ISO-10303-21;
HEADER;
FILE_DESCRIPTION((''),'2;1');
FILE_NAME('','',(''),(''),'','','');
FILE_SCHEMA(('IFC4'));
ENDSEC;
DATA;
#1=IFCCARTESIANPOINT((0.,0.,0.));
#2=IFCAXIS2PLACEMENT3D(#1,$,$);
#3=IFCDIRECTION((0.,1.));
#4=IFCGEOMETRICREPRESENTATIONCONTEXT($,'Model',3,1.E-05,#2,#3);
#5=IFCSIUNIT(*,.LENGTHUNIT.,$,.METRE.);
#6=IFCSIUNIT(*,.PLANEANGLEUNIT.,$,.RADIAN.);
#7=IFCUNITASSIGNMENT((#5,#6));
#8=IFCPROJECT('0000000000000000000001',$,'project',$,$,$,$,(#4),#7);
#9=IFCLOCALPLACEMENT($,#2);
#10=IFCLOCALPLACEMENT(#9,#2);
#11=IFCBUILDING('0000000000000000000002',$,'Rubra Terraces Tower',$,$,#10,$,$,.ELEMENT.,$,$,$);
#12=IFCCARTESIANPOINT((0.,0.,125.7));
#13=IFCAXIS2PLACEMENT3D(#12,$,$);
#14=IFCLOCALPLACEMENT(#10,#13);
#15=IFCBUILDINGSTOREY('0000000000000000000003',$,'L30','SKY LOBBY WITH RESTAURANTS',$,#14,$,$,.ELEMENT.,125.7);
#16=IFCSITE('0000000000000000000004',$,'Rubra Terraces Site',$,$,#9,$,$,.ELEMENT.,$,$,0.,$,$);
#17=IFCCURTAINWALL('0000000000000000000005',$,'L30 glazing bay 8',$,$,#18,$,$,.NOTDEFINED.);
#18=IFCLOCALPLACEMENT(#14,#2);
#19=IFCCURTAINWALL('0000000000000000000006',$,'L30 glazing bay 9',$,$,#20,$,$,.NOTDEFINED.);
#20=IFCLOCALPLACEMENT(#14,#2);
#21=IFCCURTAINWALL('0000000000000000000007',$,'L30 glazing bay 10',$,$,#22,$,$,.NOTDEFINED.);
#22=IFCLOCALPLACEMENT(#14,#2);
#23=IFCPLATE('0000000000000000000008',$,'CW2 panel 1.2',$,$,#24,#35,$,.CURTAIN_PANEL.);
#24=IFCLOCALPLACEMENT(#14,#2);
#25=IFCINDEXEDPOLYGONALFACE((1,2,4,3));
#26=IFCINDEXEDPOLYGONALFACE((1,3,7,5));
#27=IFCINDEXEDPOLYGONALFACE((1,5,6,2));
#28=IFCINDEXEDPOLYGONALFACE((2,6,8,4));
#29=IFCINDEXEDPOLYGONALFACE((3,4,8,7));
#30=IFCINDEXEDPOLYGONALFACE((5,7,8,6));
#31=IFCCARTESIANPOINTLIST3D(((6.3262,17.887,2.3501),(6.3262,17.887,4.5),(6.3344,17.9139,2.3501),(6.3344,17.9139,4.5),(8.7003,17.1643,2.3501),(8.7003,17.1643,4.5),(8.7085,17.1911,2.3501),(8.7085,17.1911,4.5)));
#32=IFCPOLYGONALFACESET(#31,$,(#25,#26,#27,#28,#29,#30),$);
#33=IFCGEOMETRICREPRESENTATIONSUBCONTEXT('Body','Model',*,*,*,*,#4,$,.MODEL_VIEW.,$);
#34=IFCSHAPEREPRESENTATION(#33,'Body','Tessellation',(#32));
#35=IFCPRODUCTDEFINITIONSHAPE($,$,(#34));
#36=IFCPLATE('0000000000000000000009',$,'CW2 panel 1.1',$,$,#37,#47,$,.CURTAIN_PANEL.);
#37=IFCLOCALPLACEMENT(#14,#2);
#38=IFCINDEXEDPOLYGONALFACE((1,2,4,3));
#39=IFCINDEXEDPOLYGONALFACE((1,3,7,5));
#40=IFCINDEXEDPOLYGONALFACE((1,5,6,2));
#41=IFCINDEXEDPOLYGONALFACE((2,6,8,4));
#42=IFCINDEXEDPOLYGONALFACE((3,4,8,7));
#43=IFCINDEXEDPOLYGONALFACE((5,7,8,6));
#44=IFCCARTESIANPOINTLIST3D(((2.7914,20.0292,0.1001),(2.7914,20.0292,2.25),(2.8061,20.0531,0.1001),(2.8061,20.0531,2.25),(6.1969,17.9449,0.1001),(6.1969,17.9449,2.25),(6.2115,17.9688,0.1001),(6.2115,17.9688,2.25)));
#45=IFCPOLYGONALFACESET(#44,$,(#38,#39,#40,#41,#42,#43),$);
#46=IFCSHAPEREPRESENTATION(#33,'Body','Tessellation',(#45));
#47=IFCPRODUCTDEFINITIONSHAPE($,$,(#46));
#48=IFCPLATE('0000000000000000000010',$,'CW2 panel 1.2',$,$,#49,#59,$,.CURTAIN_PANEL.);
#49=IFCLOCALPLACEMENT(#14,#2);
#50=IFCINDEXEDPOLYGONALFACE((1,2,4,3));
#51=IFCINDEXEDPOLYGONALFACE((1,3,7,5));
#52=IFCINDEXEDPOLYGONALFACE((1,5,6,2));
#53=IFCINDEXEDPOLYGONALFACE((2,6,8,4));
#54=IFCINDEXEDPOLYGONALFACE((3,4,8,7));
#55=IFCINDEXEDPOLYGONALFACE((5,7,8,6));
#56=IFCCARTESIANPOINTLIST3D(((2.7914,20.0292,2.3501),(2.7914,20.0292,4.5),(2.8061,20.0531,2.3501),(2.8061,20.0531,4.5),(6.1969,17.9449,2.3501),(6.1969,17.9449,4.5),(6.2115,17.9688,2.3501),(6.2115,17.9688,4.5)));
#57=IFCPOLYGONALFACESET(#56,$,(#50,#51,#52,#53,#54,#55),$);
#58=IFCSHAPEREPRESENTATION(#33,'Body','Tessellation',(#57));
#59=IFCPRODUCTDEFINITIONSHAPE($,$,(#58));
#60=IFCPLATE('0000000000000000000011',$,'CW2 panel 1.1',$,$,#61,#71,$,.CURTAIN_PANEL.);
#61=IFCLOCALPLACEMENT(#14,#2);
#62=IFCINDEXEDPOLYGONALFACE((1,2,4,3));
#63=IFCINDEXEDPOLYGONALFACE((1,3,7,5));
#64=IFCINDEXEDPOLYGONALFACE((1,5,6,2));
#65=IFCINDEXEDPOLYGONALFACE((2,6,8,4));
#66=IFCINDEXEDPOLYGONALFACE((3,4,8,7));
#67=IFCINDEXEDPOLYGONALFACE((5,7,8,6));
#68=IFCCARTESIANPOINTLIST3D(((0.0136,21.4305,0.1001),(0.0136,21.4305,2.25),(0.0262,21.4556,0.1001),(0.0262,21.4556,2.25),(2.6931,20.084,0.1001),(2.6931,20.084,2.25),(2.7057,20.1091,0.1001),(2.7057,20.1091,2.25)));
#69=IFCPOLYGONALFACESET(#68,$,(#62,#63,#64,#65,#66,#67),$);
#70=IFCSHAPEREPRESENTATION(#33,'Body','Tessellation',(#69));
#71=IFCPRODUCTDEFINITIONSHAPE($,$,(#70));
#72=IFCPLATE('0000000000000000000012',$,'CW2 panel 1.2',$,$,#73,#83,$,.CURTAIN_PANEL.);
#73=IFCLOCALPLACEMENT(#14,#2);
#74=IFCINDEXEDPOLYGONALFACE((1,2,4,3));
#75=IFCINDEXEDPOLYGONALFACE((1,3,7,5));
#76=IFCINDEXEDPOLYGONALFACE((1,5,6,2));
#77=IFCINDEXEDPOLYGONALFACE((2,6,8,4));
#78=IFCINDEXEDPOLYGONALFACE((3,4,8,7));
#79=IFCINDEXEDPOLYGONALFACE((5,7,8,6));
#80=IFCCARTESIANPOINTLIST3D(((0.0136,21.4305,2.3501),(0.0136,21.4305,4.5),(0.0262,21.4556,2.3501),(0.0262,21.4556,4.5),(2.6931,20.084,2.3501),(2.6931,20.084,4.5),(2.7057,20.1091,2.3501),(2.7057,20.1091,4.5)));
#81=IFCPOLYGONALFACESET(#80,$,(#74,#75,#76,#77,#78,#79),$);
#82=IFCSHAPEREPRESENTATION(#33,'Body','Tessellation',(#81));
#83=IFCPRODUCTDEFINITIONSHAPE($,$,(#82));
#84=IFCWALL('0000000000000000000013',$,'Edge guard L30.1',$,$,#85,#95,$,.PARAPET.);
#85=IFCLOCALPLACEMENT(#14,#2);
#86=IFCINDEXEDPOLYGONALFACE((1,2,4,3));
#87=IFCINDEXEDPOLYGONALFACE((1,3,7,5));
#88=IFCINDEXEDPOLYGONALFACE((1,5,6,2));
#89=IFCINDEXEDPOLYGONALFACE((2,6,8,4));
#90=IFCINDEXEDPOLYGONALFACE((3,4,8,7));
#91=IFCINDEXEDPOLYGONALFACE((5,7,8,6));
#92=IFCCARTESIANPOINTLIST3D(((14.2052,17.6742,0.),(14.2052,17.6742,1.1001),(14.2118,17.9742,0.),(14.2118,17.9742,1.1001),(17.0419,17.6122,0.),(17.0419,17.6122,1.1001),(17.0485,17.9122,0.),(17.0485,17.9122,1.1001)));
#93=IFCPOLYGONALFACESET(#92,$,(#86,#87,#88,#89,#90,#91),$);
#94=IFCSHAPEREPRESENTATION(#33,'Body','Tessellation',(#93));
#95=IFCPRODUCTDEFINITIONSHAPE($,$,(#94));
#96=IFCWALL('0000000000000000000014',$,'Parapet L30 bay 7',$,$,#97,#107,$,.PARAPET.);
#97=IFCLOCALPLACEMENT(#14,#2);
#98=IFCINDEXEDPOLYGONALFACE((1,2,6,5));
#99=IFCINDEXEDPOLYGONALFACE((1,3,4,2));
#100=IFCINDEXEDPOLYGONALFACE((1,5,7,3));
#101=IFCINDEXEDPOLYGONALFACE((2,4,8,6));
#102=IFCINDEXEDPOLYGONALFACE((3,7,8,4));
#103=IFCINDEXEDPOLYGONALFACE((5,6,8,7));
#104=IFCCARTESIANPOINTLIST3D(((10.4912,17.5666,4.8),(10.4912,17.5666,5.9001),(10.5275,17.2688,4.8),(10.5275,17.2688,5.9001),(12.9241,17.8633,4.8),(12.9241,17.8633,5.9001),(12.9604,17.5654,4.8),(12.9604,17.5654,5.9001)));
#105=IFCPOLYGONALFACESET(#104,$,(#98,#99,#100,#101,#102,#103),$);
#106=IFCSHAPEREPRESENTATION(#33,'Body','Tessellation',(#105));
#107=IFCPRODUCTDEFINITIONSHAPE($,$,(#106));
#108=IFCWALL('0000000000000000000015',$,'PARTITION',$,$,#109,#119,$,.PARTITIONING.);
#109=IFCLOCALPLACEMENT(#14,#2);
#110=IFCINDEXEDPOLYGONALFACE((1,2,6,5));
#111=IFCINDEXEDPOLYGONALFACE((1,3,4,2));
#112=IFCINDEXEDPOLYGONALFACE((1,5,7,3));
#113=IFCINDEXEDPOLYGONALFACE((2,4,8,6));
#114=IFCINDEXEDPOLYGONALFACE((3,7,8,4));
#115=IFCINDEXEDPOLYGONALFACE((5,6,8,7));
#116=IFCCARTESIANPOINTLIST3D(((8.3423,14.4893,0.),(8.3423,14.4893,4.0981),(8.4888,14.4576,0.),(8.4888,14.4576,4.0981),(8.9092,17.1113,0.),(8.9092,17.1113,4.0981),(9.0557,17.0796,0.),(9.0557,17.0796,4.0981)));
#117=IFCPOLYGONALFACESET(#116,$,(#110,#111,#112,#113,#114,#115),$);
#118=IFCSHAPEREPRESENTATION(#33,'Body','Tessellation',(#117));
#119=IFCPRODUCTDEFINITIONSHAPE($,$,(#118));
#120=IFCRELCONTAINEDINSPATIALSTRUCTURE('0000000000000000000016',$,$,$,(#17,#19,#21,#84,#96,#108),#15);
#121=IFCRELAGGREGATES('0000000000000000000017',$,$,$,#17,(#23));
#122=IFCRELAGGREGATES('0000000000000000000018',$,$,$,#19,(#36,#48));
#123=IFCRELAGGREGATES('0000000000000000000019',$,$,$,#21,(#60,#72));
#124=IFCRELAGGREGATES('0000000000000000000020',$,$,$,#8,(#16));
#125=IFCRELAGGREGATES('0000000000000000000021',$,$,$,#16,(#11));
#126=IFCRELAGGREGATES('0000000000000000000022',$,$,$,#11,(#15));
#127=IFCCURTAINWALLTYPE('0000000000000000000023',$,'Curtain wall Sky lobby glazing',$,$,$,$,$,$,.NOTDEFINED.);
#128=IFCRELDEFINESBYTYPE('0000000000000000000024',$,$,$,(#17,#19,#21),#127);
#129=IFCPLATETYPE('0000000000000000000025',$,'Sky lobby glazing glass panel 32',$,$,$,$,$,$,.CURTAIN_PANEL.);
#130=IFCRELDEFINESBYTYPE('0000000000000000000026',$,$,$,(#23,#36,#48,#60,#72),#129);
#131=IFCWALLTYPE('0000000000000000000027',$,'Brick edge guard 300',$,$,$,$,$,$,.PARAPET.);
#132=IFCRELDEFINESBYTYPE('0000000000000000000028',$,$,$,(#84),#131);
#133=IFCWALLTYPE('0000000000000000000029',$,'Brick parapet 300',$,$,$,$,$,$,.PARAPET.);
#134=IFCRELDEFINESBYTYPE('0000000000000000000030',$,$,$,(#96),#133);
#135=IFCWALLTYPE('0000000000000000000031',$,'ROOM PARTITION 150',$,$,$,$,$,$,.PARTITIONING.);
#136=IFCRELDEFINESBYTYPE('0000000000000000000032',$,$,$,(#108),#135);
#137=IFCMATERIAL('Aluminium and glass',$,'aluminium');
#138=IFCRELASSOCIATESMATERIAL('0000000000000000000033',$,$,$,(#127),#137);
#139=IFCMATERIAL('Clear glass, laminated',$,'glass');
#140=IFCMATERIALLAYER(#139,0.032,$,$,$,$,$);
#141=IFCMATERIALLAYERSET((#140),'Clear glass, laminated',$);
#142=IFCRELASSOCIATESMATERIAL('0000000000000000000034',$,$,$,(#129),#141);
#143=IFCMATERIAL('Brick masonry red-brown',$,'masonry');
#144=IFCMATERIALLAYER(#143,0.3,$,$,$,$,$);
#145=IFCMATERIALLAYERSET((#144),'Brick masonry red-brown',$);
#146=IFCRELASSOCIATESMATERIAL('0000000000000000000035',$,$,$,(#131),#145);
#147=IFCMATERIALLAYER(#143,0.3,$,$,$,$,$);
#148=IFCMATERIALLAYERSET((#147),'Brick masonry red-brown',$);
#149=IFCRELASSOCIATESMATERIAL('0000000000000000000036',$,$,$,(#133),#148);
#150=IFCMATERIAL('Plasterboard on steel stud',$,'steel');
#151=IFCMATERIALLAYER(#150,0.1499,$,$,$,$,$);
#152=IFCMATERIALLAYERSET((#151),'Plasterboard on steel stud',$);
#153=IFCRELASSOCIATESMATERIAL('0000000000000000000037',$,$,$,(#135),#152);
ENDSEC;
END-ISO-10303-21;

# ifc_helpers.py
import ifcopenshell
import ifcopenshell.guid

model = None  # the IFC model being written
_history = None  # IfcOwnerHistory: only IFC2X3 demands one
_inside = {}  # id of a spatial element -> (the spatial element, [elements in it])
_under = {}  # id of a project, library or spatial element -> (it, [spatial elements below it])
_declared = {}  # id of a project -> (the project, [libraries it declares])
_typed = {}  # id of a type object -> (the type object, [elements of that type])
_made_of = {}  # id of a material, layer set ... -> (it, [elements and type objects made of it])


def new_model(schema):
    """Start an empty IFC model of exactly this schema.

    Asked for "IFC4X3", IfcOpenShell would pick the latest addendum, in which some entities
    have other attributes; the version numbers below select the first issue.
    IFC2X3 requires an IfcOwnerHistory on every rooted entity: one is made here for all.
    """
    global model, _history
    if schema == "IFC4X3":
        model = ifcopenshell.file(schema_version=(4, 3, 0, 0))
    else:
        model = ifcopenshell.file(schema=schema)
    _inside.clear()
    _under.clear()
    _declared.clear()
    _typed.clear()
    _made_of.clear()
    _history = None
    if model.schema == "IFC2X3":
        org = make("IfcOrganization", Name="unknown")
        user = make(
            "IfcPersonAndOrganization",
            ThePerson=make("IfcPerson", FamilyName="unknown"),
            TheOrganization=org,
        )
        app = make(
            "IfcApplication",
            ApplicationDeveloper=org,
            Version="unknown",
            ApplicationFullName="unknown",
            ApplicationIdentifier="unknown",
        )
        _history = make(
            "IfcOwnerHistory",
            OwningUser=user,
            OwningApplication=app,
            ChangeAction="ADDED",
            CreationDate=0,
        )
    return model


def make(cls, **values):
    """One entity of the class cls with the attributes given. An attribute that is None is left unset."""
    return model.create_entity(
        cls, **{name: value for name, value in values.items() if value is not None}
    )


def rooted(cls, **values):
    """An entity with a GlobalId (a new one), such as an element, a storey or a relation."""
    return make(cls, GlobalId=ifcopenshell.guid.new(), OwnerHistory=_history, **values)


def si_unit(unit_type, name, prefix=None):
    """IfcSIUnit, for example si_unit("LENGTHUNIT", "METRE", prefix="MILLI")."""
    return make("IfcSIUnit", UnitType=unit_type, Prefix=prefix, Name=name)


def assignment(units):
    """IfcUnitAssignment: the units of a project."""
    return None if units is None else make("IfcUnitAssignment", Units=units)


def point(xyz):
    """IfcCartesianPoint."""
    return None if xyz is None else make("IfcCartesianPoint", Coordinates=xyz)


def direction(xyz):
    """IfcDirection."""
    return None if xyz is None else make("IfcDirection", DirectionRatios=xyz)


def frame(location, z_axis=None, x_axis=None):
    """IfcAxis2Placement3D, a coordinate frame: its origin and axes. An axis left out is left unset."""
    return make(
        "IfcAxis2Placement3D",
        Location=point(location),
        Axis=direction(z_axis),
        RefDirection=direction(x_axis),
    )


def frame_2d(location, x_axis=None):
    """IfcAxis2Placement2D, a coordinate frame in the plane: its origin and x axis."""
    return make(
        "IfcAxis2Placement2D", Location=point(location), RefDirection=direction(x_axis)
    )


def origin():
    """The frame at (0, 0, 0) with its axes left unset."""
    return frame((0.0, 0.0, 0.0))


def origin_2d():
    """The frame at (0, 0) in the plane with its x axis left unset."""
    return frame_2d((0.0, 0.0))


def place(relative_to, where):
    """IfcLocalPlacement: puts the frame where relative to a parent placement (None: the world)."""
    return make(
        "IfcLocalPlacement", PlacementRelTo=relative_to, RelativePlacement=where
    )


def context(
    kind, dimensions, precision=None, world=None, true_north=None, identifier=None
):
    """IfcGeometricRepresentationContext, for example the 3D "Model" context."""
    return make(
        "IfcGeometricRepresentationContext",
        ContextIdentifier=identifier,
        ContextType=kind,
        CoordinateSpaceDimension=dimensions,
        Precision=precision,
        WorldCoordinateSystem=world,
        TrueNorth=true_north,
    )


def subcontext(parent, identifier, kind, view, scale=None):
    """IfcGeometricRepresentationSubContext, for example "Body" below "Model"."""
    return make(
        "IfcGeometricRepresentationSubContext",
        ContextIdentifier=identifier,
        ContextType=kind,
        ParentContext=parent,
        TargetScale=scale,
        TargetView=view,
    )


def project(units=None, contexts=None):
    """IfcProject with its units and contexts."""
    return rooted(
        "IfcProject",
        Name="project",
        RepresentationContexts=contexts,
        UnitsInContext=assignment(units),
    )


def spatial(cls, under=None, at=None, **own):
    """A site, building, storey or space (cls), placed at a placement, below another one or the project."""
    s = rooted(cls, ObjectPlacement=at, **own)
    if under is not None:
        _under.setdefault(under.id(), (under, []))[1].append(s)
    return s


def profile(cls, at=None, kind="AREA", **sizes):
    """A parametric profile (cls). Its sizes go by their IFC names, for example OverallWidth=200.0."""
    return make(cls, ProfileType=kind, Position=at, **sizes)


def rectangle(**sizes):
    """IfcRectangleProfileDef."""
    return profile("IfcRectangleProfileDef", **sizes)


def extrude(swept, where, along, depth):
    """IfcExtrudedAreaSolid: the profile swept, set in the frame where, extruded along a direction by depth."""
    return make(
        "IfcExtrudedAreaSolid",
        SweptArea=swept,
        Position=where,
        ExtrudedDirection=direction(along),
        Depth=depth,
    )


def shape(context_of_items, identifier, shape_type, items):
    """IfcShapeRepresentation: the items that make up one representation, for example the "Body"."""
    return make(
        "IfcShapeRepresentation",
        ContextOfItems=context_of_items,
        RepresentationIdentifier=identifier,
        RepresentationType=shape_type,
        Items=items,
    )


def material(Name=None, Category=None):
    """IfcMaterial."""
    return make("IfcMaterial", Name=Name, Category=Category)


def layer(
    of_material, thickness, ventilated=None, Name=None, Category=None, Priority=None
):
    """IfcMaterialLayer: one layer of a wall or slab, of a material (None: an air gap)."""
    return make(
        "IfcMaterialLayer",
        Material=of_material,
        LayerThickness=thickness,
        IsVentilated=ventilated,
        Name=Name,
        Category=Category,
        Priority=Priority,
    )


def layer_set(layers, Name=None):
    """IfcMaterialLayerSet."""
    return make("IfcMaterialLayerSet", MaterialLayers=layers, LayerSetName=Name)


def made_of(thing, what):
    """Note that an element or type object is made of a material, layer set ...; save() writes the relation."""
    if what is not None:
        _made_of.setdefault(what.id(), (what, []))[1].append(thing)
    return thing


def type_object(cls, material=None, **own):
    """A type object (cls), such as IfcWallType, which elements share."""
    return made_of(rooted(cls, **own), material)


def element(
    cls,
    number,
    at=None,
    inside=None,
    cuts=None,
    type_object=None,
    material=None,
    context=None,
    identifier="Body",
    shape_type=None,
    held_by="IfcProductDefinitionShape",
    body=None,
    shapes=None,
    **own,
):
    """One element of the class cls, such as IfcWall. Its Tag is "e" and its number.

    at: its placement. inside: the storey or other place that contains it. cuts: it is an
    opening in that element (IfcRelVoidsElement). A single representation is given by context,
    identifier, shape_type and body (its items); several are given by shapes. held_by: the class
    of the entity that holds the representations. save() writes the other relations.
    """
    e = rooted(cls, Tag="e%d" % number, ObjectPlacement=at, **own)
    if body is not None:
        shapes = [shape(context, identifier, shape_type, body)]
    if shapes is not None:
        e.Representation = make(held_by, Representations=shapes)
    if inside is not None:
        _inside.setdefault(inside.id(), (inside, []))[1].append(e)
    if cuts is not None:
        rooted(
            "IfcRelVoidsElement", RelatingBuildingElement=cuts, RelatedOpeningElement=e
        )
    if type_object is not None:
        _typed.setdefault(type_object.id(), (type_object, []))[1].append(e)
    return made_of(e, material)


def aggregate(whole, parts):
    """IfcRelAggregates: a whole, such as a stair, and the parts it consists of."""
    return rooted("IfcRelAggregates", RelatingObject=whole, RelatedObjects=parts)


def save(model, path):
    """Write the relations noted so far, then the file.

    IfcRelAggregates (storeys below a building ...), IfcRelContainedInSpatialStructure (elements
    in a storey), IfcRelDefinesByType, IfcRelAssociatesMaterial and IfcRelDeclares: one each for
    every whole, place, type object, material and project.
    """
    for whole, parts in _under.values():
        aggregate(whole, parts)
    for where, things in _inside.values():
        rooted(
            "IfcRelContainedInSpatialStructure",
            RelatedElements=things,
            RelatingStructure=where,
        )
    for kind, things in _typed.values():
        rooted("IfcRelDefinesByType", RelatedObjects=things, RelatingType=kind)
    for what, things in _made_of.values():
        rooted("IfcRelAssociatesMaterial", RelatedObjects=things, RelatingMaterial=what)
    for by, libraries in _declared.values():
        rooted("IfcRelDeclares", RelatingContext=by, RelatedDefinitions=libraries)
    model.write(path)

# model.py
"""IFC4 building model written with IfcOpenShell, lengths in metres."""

from ifc_helpers import new_model, si_unit, direction, frame, frame_2d, origin, origin_2d, place, context, subcontext, project, spatial, rectangle, extrude, material, layer, layer_set, type_object, element, aggregate, save


model = new_model("IFC4")

# Units and contexts
model_context = context("Model", 3, precision=1e-05, world=origin(), true_north=direction((0.0, 1.0)))
body_context = subcontext(model_context, "Body", "Model", "MODEL_VIEW")
ifc_project = project(units=[si_unit("LENGTHUNIT", "METRE"), si_unit("PLANEANGLEUNIT", "RADIAN")], contexts=[model_context])

# Site, building, storey
site_placement = place(None, origin())
site = spatial("IfcSite", under=ifc_project, at=site_placement, Name="Rubra Terraces Site", CompositionType="ELEMENT", RefElevation=0.0)
building_placement = place(site_placement, origin())
building = spatial("IfcBuilding", under=site, at=building_placement, Name="Rubra Terraces Tower", CompositionType="ELEMENT")
storey_placement = place(building_placement, frame((0.0, 0.0, 125.7)))
storey = spatial("IfcBuildingStorey", under=building, at=storey_placement, Name="L30", Description="SKY LOBBY WITH RESTAURANTS", CompositionType="ELEMENT", Elevation=125.7)

# Curtain walls
ifc_material_1 = material(Name="Aluminium and glass", Category="aluminium")
curtain_wall_type = type_object("IfcCurtainWallType", Name="Curtain wall Sky lobby glazing", PredefinedType="NOTDEFINED", material=ifc_material_1)
curtain_wall_1_placement = place(storey_placement, origin())
curtain_wall_1 = element("IfcCurtainWall", 1, at=curtain_wall_1_placement, inside=storey, type_object=curtain_wall_type, Name="L30 glazing bay 8", PredefinedType="NOTDEFINED")
curtain_wall_2_placement = place(storey_placement, origin())
curtain_wall_2 = element("IfcCurtainWall", 2, at=curtain_wall_2_placement, inside=storey, type_object=curtain_wall_type, Name="L30 glazing bay 9", PredefinedType="NOTDEFINED")
curtain_wall_3_placement = place(storey_placement, origin())
curtain_wall_3 = element("IfcCurtainWall", 3, at=curtain_wall_3_placement, inside=storey, type_object=curtain_wall_type, Name="L30 glazing bay 10", PredefinedType="NOTDEFINED")

# Plates
ifc_material_2 = material(Name="Clear glass, laminated", Category="glass")
ifc_layer_1 = layer(ifc_material_2, 0.032)
ifc_layer_set_1 = layer_set([ifc_layer_1], Name="Clear glass, laminated")
plate_type = type_object("IfcPlateType", Name="Sky lobby glazing glass panel 32", PredefinedType="CURTAIN_PANEL", material=ifc_layer_set_1)
plate_1_placement = place(storey_placement, frame((7.5173, 17.5391, 2.3501), z_axis=(0.0, 0.0, 1.0), x_axis=(-0.956655, 0.291224, 0.0)))
plate_1 = element("IfcPlate", 4, at=plate_1_placement, type_object=plate_type, Name="CW2 panel 1.2", PredefinedType="CURTAIN_PANEL", context=body_context, shape_type="SweptSolid", body=[
    extrude(rectangle(XDim=2.4817, YDim=0.0281, at=origin_2d()), origin(), (0.0, 0.0, 1.0), 2.1499),
])
aggregate(curtain_wall_1, [plate_1])
plate_2_placement = place(storey_placement, frame((4.5015, 18.999, 0.1001), z_axis=(0.0, 0.0, 1.0), x_axis=(-0.852926, 0.522031, 0.0)))
plate_2 = element("IfcPlate", 5, at=plate_2_placement, type_object=plate_type, Name="CW2 panel 1.1", PredefinedType="CURTAIN_PANEL", context=body_context, shape_type="SweptSolid", body=[
    extrude(rectangle(XDim=3.9927, YDim=0.0281, at=origin_2d()), origin(), (0.0, 0.0, 1.0), 2.1499),
])
plate_3_placement = place(storey_placement, frame((4.5015, 18.999, 2.3501), z_axis=(0.0, 0.0, 1.0), x_axis=(-0.852926, 0.522031, 0.0)))
plate_3 = element("IfcPlate", 6, at=plate_3_placement, type_object=plate_type, Name="CW2 panel 1.2", PredefinedType="CURTAIN_PANEL", context=body_context, shape_type="SweptSolid", body=[
    extrude(rectangle(XDim=3.9927, YDim=0.0281, at=origin_2d()), origin(), (0.0, 0.0, 1.0), 2.1499),
])
aggregate(curtain_wall_2, [plate_2, plate_3])
plate_4_placement = place(storey_placement, frame((1.3596, 20.7698, 0.1001), z_axis=(0.0, 0.0, 1.0), x_axis=(-0.893521, 0.449021, 0.0)))
plate_4 = element("IfcPlate", 7, at=plate_4_placement, type_object=plate_type, Name="CW2 panel 1.1", PredefinedType="CURTAIN_PANEL", context=body_context, shape_type="SweptSolid", body=[
    extrude(rectangle(XDim=2.9988, YDim=0.0281, at=origin_2d()), origin(), (0.0, 0.0, 1.0), 2.1499),
])
plate_5_placement = place(storey_placement, frame((1.3596, 20.7698, 2.3501), z_axis=(0.0, 0.0, 1.0), x_axis=(-0.893521, 0.449021, 0.0)))
plate_5 = element("IfcPlate", 8, at=plate_5_placement, type_object=plate_type, Name="CW2 panel 1.2", PredefinedType="CURTAIN_PANEL", context=body_context, shape_type="SweptSolid", body=[
    extrude(rectangle(XDim=2.9988, YDim=0.0281, at=origin_2d()), origin(), (0.0, 0.0, 1.0), 2.1499),
])
aggregate(curtain_wall_3, [plate_4, plate_5])

# Walls
ifc_material_3 = material(Name="Brick masonry red-brown", Category="masonry")
ifc_layer_2 = layer(ifc_material_3, 0.3)
ifc_layer_set_2 = layer_set([ifc_layer_2], Name="Brick masonry red-brown")
wall_type_1 = type_object("IfcWallType", Name="Brick edge guard 300", PredefinedType="PARAPET", material=ifc_layer_set_2)
wall_1_placement = place(storey_placement, frame((14.2085, 17.8242, 0.0), z_axis=(0.0, 0.0, 1.0), x_axis=(0.999761, -0.021856, 0.0)))
element("IfcWall", 9, at=wall_1_placement, inside=storey, type_object=wall_type_1, Name="Edge guard L30.1", PredefinedType="PARAPET", context=body_context, shape_type="SweptSolid", body=[
    extrude(rectangle(XDim=2.8374, YDim=0.3, at=frame_2d((1.4187, 0.0))), origin(), (0.0, 0.0, 1.0), 1.1001),
])
ifc_layer_3 = layer(ifc_material_3, 0.3)
ifc_layer_set_3 = layer_set([ifc_layer_3], Name="Brick masonry red-brown")
wall_type_2 = type_object("IfcWallType", Name="Brick parapet 300", PredefinedType="PARAPET", material=ifc_layer_set_3)
wall_2_placement = place(storey_placement, frame((12.9424, 17.7144, 4.8), z_axis=(0.0, 0.0, 1.0), x_axis=(-0.992649, -0.12103, 0.0)))
element("IfcWall", 10, at=wall_2_placement, inside=storey, type_object=wall_type_2, Name="Parapet L30 bay 7", PredefinedType="PARAPET", context=body_context, shape_type="SweptSolid", body=[
    extrude(rectangle(XDim=2.4509, YDim=0.3, at=frame_2d((1.2256, 0.0))), origin(), (0.0, 0.0, 1.0), 1.1001),
])
ifc_material_4 = material(Name="Plasterboard on steel stud", Category="steel")
ifc_layer_4 = layer(ifc_material_4, 0.1499)
ifc_layer_set_4 = layer_set([ifc_layer_4], Name="Plasterboard on steel stud")
wall_type_3 = type_object("IfcWallType", Name="ROOM PARTITION 150", PredefinedType="PARTITIONING", material=ifc_layer_set_4)
wall_3_placement = place(storey_placement, frame((8.9824, 17.0955, 0.0), z_axis=(0.0, 0.0, 1.0), x_axis=(-0.211319, -0.977417, 0.0)))
element("IfcWall", 11, at=wall_3_placement, inside=storey, type_object=wall_type_3, Name="PARTITION", PredefinedType="PARTITIONING", context=body_context, shape_type="SweptSolid", body=[
    extrude(rectangle(XDim=2.6826, YDim=0.1499, at=frame_2d((1.3413, 0.0))), origin(), (0.0, 0.0, 1.0), 4.0981),
])

save(model, "model.ifc")
